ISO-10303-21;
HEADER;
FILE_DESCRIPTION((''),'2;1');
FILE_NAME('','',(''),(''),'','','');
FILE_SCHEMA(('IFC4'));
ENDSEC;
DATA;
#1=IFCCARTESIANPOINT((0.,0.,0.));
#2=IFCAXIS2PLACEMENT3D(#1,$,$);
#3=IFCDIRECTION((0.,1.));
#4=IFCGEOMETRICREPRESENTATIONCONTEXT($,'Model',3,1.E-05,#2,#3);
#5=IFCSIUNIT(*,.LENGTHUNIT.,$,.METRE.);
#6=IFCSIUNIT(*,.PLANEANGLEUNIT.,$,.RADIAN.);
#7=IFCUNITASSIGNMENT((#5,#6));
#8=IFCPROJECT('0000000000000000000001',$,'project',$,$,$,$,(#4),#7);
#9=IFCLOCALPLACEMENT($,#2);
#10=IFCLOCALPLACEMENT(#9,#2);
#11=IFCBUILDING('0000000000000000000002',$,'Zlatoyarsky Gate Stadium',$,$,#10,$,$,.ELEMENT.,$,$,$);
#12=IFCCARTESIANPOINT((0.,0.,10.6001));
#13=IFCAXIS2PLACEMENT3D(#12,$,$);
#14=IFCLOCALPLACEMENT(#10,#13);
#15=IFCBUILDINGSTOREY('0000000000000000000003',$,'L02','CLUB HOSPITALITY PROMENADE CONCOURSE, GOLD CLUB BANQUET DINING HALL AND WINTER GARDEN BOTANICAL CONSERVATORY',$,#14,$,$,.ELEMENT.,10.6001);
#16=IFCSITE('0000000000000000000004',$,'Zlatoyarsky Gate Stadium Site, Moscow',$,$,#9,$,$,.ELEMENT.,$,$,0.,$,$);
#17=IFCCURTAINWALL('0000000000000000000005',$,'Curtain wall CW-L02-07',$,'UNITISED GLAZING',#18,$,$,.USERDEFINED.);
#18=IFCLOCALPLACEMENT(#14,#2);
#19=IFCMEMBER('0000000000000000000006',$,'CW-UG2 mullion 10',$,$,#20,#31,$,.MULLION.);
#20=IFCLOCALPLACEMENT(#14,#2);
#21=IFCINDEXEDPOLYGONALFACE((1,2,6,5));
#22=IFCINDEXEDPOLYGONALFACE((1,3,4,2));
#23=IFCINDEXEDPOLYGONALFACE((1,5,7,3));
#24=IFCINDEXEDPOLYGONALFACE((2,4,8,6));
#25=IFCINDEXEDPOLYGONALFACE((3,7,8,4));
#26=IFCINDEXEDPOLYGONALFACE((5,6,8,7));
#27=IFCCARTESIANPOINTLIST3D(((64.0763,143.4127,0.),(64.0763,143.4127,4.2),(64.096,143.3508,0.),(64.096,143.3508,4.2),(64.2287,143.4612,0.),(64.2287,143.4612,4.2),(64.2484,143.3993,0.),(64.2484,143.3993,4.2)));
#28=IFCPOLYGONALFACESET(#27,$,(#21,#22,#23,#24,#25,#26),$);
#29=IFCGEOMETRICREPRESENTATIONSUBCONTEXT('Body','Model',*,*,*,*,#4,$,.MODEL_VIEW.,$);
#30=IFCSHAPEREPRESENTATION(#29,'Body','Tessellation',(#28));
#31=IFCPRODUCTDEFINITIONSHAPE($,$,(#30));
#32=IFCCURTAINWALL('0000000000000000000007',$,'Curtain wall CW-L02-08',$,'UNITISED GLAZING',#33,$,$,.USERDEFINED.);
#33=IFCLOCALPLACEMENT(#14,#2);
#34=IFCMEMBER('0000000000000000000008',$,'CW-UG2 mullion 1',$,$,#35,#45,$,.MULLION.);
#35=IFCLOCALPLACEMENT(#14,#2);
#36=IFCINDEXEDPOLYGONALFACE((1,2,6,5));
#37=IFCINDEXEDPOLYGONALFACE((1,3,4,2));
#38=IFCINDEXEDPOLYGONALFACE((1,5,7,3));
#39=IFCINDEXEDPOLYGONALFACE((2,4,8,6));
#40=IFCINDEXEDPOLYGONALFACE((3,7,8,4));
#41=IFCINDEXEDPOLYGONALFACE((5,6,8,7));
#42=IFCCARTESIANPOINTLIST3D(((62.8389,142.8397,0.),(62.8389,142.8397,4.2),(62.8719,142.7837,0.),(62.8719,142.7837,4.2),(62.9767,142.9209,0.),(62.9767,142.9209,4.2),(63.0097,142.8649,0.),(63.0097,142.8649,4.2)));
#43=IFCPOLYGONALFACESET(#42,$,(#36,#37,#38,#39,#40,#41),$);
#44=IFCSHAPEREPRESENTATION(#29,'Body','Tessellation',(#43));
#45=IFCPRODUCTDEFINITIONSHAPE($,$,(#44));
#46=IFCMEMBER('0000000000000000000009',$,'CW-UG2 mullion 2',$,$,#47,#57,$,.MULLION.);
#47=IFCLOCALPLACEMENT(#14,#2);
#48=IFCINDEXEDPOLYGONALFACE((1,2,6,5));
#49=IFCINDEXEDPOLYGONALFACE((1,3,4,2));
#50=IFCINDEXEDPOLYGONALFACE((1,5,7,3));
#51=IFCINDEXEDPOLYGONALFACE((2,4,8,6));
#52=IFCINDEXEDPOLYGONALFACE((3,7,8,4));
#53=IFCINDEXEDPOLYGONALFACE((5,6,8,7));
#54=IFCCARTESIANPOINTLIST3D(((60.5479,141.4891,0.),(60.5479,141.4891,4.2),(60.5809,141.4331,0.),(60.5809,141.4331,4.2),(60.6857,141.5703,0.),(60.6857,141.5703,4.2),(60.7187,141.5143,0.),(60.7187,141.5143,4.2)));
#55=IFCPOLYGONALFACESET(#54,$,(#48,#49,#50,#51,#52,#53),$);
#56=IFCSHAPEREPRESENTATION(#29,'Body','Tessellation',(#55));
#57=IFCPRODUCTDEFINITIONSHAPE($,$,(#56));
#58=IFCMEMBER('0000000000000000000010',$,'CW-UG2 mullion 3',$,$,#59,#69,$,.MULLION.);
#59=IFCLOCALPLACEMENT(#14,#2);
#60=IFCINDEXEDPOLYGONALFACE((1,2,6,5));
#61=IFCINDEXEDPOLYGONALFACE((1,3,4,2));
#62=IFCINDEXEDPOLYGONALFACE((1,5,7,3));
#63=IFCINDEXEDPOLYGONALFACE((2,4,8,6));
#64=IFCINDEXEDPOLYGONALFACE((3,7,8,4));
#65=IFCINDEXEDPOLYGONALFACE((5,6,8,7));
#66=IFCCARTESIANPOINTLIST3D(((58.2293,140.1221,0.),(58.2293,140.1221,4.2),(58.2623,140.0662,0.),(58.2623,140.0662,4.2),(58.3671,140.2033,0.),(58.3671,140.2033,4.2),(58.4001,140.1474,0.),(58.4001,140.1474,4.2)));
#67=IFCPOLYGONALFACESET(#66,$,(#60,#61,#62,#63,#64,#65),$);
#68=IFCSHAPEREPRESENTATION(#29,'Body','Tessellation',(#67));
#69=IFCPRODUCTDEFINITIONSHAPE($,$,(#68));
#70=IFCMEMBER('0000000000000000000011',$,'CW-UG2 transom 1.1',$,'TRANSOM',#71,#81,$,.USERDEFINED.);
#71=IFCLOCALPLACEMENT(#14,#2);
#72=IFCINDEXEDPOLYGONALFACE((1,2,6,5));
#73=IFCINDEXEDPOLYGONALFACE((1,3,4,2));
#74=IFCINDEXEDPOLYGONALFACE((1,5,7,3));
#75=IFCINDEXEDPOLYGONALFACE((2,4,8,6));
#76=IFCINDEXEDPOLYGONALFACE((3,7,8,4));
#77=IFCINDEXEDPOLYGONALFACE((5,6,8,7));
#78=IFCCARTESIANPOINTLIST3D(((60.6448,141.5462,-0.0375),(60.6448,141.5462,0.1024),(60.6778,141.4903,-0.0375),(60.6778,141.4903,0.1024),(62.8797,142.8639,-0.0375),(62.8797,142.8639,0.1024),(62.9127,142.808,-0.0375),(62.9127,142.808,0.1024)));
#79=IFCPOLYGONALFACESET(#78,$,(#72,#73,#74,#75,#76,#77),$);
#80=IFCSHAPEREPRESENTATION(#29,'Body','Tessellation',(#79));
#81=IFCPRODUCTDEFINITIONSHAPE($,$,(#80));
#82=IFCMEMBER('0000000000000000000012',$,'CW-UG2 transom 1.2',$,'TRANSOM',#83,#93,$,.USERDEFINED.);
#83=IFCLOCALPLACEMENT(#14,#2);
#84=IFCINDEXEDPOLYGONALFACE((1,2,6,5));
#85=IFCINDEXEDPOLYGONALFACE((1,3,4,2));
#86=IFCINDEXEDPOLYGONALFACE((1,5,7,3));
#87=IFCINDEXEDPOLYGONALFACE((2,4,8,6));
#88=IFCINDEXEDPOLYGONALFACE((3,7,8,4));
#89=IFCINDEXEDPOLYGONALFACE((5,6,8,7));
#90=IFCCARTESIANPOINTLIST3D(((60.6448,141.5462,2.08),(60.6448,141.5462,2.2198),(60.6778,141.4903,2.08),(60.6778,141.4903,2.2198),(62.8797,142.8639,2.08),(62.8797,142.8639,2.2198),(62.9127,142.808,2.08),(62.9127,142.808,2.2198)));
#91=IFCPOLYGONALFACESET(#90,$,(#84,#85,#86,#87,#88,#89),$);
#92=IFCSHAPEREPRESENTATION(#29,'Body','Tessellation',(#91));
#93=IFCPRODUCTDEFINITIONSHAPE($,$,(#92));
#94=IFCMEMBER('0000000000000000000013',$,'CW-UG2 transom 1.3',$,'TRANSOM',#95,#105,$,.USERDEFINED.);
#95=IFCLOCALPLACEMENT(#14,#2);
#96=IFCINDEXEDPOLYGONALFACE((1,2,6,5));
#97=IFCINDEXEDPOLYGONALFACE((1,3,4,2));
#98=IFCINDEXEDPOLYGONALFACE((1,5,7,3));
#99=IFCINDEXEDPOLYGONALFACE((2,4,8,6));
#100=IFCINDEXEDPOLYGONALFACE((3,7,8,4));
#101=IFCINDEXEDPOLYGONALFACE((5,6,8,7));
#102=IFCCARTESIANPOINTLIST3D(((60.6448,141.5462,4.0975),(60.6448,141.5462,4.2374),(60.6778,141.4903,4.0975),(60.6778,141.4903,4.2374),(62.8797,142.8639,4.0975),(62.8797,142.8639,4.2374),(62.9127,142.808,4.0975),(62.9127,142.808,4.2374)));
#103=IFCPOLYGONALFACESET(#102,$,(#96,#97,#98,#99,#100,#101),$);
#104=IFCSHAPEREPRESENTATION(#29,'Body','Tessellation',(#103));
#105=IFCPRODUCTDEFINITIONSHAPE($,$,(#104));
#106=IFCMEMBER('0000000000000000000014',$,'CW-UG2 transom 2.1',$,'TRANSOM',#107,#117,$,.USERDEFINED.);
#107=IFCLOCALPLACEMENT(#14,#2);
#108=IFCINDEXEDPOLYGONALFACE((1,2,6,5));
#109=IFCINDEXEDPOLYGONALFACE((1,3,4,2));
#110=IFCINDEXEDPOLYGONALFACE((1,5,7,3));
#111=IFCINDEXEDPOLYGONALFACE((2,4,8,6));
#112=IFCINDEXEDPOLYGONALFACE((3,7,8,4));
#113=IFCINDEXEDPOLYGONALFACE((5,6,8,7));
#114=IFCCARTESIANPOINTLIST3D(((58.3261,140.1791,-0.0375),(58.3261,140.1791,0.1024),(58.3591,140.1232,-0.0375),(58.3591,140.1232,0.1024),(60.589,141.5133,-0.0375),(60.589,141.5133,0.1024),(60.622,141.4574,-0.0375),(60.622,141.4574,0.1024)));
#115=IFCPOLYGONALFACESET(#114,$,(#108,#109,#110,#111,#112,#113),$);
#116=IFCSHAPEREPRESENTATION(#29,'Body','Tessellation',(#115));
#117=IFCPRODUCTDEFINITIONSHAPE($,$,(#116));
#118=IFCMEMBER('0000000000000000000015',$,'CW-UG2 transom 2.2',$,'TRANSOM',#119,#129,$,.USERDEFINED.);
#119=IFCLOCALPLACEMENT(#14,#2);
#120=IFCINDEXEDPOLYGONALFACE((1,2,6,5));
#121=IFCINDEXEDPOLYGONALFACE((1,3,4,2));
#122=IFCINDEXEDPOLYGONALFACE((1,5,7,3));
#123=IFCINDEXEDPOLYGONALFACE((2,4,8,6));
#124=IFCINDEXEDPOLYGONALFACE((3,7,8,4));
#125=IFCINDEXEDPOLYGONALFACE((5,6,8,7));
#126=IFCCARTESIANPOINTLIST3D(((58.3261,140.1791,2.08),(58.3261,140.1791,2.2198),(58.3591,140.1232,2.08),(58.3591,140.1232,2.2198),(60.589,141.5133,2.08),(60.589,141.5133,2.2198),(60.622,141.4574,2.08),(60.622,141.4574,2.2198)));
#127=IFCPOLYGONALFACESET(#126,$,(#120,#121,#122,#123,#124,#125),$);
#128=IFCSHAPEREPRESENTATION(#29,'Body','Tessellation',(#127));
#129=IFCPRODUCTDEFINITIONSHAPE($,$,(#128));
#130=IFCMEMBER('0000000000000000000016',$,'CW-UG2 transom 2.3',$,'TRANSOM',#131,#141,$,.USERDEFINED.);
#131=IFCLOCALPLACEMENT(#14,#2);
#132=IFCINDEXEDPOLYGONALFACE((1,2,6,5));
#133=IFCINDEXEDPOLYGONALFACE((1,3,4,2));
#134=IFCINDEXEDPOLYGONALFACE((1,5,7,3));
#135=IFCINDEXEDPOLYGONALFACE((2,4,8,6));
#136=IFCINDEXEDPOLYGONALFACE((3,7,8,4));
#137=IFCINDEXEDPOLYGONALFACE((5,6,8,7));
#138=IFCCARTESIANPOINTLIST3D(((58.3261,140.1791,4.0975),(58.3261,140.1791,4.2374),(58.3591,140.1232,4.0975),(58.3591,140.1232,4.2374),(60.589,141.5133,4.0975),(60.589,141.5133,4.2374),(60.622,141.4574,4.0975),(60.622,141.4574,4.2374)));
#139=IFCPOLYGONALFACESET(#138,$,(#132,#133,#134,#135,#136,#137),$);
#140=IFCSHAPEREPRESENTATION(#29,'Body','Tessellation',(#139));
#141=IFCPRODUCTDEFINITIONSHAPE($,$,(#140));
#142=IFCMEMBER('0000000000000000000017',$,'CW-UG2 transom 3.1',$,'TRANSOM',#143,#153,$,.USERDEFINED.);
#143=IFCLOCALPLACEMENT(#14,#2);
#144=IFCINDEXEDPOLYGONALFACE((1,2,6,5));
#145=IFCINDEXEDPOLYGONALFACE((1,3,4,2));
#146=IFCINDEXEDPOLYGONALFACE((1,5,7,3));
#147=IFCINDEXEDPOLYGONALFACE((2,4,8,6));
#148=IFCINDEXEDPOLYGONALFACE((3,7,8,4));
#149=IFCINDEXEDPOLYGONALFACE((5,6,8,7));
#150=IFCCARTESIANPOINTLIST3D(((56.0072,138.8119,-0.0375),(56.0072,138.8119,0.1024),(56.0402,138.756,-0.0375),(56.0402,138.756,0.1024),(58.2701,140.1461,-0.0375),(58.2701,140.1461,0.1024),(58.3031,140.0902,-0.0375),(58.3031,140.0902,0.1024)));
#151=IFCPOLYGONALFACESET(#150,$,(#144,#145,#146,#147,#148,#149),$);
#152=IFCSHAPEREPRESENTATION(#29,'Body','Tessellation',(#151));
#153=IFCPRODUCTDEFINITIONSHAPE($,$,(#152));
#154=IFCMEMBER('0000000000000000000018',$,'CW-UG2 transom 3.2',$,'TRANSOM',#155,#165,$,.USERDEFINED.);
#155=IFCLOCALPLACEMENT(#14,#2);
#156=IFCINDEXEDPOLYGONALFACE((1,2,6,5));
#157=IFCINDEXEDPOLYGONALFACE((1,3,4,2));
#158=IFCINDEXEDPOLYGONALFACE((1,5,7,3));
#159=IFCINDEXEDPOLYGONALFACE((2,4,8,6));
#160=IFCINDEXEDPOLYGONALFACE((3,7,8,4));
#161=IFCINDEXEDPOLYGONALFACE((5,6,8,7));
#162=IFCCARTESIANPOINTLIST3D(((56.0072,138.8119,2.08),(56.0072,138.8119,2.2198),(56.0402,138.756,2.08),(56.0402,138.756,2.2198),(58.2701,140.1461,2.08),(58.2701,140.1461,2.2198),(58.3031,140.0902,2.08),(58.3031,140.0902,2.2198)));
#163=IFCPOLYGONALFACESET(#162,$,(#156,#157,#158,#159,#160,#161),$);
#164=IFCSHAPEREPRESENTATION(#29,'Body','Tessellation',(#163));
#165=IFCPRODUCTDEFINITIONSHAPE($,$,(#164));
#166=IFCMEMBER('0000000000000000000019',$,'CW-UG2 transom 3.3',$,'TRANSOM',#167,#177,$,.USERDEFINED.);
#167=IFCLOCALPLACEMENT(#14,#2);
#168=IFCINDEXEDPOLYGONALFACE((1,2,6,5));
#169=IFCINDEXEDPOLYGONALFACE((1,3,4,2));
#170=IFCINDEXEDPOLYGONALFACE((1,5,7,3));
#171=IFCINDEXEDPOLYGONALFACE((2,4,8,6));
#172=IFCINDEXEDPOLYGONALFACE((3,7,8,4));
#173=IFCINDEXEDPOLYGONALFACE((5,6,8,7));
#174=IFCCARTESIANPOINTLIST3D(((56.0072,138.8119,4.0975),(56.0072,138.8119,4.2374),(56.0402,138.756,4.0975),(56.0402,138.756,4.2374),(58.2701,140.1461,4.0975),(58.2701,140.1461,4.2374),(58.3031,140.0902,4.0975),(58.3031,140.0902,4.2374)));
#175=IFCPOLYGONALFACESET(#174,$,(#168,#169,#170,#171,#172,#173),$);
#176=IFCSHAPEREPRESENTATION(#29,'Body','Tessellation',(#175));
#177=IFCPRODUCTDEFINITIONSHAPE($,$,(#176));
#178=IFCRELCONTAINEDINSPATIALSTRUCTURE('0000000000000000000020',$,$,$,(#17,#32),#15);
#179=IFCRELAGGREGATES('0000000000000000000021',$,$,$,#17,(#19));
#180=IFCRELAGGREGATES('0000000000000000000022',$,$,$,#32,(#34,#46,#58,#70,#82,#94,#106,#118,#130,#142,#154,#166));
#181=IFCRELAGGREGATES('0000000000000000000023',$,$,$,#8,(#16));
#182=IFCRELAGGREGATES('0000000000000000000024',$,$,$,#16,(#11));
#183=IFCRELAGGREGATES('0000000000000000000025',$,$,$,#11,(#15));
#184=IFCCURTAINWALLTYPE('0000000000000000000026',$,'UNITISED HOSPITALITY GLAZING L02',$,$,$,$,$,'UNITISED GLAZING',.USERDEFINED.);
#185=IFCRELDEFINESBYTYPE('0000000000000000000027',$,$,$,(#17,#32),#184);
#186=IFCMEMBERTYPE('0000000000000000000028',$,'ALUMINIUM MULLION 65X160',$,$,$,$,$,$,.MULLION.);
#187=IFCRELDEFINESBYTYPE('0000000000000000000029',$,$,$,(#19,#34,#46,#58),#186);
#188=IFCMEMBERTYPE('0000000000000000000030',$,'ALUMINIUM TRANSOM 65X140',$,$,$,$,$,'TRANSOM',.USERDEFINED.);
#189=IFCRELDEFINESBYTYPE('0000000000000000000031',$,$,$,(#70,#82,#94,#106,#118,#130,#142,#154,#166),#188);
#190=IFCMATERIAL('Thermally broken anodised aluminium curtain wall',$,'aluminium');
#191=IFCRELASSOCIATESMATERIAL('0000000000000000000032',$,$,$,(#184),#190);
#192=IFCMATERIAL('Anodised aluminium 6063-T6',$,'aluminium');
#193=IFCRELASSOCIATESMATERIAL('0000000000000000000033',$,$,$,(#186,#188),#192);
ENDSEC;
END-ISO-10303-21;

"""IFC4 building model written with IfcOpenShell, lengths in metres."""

from ifc_helpers import new_model, si_unit, direction, frame, origin, origin_2d, place, context, subcontext, project, spatial, rectangle, extrude, material, material_profile, profile_set, type_object, element, aggregate, save


model = new_model("IFC4")

# Units and contexts
model_context = context("Model", 3, precision=1e-05, world=origin(), true_north=direction((0.0, 1.0)))
body_context = subcontext(model_context, "Body", "Model", "MODEL_VIEW")
ifc_project = project(units=[si_unit("LENGTHUNIT", "METRE"), si_unit("PLANEANGLEUNIT", "RADIAN")], contexts=[model_context])

# Site, building, storey
site_placement = place(None, origin())
site = spatial("IfcSite", under=ifc_project, at=site_placement, Name="Zlatoyarsky Gate Stadium Site, Moscow", CompositionType="ELEMENT", RefElevation=0.0)
building_placement = place(site_placement, origin())
building = spatial("IfcBuilding", under=site, at=building_placement, Name="Zlatoyarsky Gate Stadium", CompositionType="ELEMENT")
storey_placement = place(building_placement, frame((0.0, 0.0, 10.6001)))
storey = spatial("IfcBuildingStorey", under=building, at=storey_placement, Name="L02", Description="CLUB HOSPITALITY PROMENADE CONCOURSE, GOLD CLUB BANQUET DINING HALL AND WINTER GARDEN BOTANICAL CONSERVATORY", CompositionType="ELEMENT", Elevation=10.6001)

# Curtain wall, member
ifc_material_1 = material(Name="Thermally broken anodised aluminium curtain wall", Category="aluminium")
curtain_wall_type = type_object("IfcCurtainWallType", Name="UNITISED HOSPITALITY GLAZING L02", ElementType="UNITISED GLAZING", PredefinedType="USERDEFINED", material=ifc_material_1)
curtain_wall_1_placement = place(storey_placement, origin())
curtain_wall_1 = element("IfcCurtainWall", 1, at=curtain_wall_1_placement, inside=storey, type_object=curtain_wall_type, Name="Curtain wall CW-L02-07", ObjectType="UNITISED GLAZING", PredefinedType="USERDEFINED")
ifc_material_2 = material(Name="Anodised aluminium 6063-T6", Category="aluminium")
ifc_material_profile_1 = material_profile(ifc_material_2, rectangle(XDim=0.0649, YDim=0.1599, at=origin_2d()), Name="ALU 65X160")
ifc_profile_set_1 = profile_set([ifc_material_profile_1], Name="Anodised aluminium 6063-T6")
member_type_1 = type_object("IfcMemberType", Name="ALUMINIUM MULLION 65X160", PredefinedType="MULLION", material=ifc_profile_set_1)
member_1_placement = place(storey_placement, frame((64.1624, 143.406, 0.0), z_axis=(0.0, 0.0, 1.0), x_axis=(0.303279, -0.952902, 0.0)))
member_1 = element("IfcMember", 2, at=member_1_placement, type_object=member_type_1, Name="CW-UG2 mullion 10", PredefinedType="MULLION", context=body_context, shape_type="SweptSolid", body=[
    extrude(rectangle(XDim=0.0649, YDim=0.1599, at=origin_2d()), origin(), (0.0, 0.0, 1.0), 4.2),
])
aggregate(curtain_wall_1, [member_1])

# Curtain wall, members
curtain_wall_2_placement = place(storey_placement, origin())
curtain_wall_2 = element("IfcCurtainWall", 3, at=curtain_wall_2_placement, inside=storey, type_object=curtain_wall_type, Name="Curtain wall CW-L02-08", ObjectType="UNITISED GLAZING", PredefinedType="USERDEFINED")
member_2_placement = place(storey_placement, frame((62.9243, 142.8523, 0.0), z_axis=(0.0, 0.0, 1.0), x_axis=(0.507882, -0.861426, 0.0)))
member_2 = element("IfcMember", 4, at=member_2_placement, type_object=member_type_1, Name="CW-UG2 mullion 1", PredefinedType="MULLION", context=body_context, shape_type="SweptSolid", body=[
    extrude(rectangle(XDim=0.0649, YDim=0.1599, at=origin_2d()), origin(), (0.0, 0.0, 1.0), 4.2),
])
member_3_placement = place(storey_placement, frame((60.6333, 141.5017, 0.0), z_axis=(0.0, 0.0, 1.0), x_axis=(0.507882, -0.861426, 0.0)))
member_3 = element("IfcMember", 5, at=member_3_placement, type_object=member_type_1, Name="CW-UG2 mullion 2", PredefinedType="MULLION", context=body_context, shape_type="SweptSolid", body=[
    extrude(rectangle(XDim=0.0649, YDim=0.1599, at=origin_2d()), origin(), (0.0, 0.0, 1.0), 4.2),
])
member_4_placement = place(storey_placement, frame((58.3147, 140.1348, 0.0), z_axis=(0.0, 0.0, 1.0), x_axis=(0.507882, -0.861426, 0.0)))
member_4 = element("IfcMember", 6, at=member_4_placement, type_object=member_type_1, Name="CW-UG2 mullion 3", PredefinedType="MULLION", context=body_context, shape_type="SweptSolid", body=[
    extrude(rectangle(XDim=0.0649, YDim=0.1599, at=origin_2d()), origin(), (0.0, 0.0, 1.0), 4.2),
])
ifc_material_profile_2 = material_profile(ifc_material_2, rectangle(XDim=0.0649, YDim=0.1399, at=origin_2d()), Name="ALU 65X140")
ifc_profile_set_2 = profile_set([ifc_material_profile_2], Name="Anodised aluminium 6063-T6")
member_type_2 = type_object("IfcMemberType", Name="ALUMINIUM TRANSOM 65X140", ElementType="TRANSOM", PredefinedType="USERDEFINED", material=ifc_profile_set_2)
member_5_placement = place(storey_placement, frame((62.8962, 142.8359, 0.0325), z_axis=(-0.861428, -0.507879, 0.0), x_axis=(0.507879, -0.861428, 0.0)))
member_5 = element("IfcMember", 7, at=member_5_placement, type_object=member_type_2, Name="CW-UG2 transom 1.1", ObjectType="TRANSOM", PredefinedType="USERDEFINED", context=body_context, shape_type="SweptSolid", body=[
    extrude(rectangle(XDim=0.0649, YDim=0.1399, at=origin_2d()), origin(), (0.0, 0.0, 1.0), 2.5945),
])
member_6_placement = place(storey_placement, frame((62.8962, 142.8359, 2.1499), z_axis=(-0.861428, -0.507879, 0.0), x_axis=(0.507879, -0.861428, 0.0)))
member_6 = element("IfcMember", 8, at=member_6_placement, type_object=member_type_2, Name="CW-UG2 transom 1.2", ObjectType="TRANSOM", PredefinedType="USERDEFINED", context=body_context, shape_type="SweptSolid", body=[
    extrude(rectangle(XDim=0.0649, YDim=0.1399, at=origin_2d()), origin(), (0.0, 0.0, 1.0), 2.5945),
])
member_7_placement = place(storey_placement, frame((62.8962, 142.8359, 4.1675), z_axis=(-0.861428, -0.507879, 0.0), x_axis=(0.507879, -0.861428, 0.0)))
member_7 = element("IfcMember", 9, at=member_7_placement, type_object=member_type_2, Name="CW-UG2 transom 1.3", ObjectType="TRANSOM", PredefinedType="USERDEFINED", context=body_context, shape_type="SweptSolid", body=[
    extrude(rectangle(XDim=0.0649, YDim=0.1399, at=origin_2d()), origin(), (0.0, 0.0, 1.0), 2.5945),
])
member_8_placement = place(storey_placement, frame((60.6055, 141.4854, 0.0325), z_axis=(-0.86142, -0.507893, 0.0), x_axis=(0.507893, -0.86142, 0.0)))
member_8 = element("IfcMember", 10, at=member_8_placement, type_object=member_type_2, Name="CW-UG2 transom 2.1", ObjectType="TRANSOM", PredefinedType="USERDEFINED", context=body_context, shape_type="SweptSolid", body=[
    extrude(rectangle(XDim=0.0649, YDim=0.1399, at=origin_2d()), origin(), (0.0, 0.0, 1.0), 2.627),
])
member_9_placement = place(storey_placement, frame((60.6055, 141.4854, 2.1499), z_axis=(-0.86142, -0.507893, 0.0), x_axis=(0.507893, -0.86142, 0.0)))
member_9 = element("IfcMember", 11, at=member_9_placement, type_object=member_type_2, Name="CW-UG2 transom 2.2", ObjectType="TRANSOM", PredefinedType="USERDEFINED", context=body_context, shape_type="SweptSolid", body=[
    extrude(rectangle(XDim=0.0649, YDim=0.1399, at=origin_2d()), origin(), (0.0, 0.0, 1.0), 2.627),
])
member_10_placement = place(storey_placement, frame((60.6055, 141.4854, 4.1675), z_axis=(-0.86142, -0.507893, 0.0), x_axis=(0.507893, -0.86142, 0.0)))
member_10 = element("IfcMember", 12, at=member_10_placement, type_object=member_type_2, Name="CW-UG2 transom 2.3", ObjectType="TRANSOM", PredefinedType="USERDEFINED", context=body_context, shape_type="SweptSolid", body=[
    extrude(rectangle(XDim=0.0649, YDim=0.1399, at=origin_2d()), origin(), (0.0, 0.0, 1.0), 2.627),
])
member_11_placement = place(storey_placement, frame((58.2866, 140.1182, 0.0325), z_axis=(-0.86142, -0.507893, 0.0), x_axis=(0.507893, -0.86142, 0.0)))
member_11 = element("IfcMember", 13, at=member_11_placement, type_object=member_type_2, Name="CW-UG2 transom 3.1", ObjectType="TRANSOM", PredefinedType="USERDEFINED", context=body_context, shape_type="SweptSolid", body=[
    extrude(rectangle(XDim=0.0649, YDim=0.1399, at=origin_2d()), origin(), (0.0, 0.0, 1.0), 2.627),
])
member_12_placement = place(storey_placement, frame((58.2866, 140.1182, 2.1499), z_axis=(-0.86142, -0.507893, 0.0), x_axis=(0.507893, -0.86142, 0.0)))
member_12 = element("IfcMember", 14, at=member_12_placement, type_object=member_type_2, Name="CW-UG2 transom 3.2", ObjectType="TRANSOM", PredefinedType="USERDEFINED", context=body_context, shape_type="SweptSolid", body=[
    extrude(rectangle(XDim=0.0649, YDim=0.1399, at=origin_2d()), origin(), (0.0, 0.0, 1.0), 2.627),
])
member_13_placement = place(storey_placement, frame((58.2866, 140.1182, 4.1675), z_axis=(-0.86142, -0.507893, 0.0), x_axis=(0.507893, -0.86142, 0.0)))
member_13 = element("IfcMember", 15, at=member_13_placement, type_object=member_type_2, Name="CW-UG2 transom 3.3", ObjectType="TRANSOM", PredefinedType="USERDEFINED", context=body_context, shape_type="SweptSolid", body=[
    extrude(rectangle(XDim=0.0649, YDim=0.1399, at=origin_2d()), origin(), (0.0, 0.0, 1.0), 2.627),
])

aggregate(curtain_wall_2, [member_2, member_3, member_4, member_5, member_6, member_7, member_8, member_9, member_10, member_11, member_12, member_13])

save(model, "model.ifc")
